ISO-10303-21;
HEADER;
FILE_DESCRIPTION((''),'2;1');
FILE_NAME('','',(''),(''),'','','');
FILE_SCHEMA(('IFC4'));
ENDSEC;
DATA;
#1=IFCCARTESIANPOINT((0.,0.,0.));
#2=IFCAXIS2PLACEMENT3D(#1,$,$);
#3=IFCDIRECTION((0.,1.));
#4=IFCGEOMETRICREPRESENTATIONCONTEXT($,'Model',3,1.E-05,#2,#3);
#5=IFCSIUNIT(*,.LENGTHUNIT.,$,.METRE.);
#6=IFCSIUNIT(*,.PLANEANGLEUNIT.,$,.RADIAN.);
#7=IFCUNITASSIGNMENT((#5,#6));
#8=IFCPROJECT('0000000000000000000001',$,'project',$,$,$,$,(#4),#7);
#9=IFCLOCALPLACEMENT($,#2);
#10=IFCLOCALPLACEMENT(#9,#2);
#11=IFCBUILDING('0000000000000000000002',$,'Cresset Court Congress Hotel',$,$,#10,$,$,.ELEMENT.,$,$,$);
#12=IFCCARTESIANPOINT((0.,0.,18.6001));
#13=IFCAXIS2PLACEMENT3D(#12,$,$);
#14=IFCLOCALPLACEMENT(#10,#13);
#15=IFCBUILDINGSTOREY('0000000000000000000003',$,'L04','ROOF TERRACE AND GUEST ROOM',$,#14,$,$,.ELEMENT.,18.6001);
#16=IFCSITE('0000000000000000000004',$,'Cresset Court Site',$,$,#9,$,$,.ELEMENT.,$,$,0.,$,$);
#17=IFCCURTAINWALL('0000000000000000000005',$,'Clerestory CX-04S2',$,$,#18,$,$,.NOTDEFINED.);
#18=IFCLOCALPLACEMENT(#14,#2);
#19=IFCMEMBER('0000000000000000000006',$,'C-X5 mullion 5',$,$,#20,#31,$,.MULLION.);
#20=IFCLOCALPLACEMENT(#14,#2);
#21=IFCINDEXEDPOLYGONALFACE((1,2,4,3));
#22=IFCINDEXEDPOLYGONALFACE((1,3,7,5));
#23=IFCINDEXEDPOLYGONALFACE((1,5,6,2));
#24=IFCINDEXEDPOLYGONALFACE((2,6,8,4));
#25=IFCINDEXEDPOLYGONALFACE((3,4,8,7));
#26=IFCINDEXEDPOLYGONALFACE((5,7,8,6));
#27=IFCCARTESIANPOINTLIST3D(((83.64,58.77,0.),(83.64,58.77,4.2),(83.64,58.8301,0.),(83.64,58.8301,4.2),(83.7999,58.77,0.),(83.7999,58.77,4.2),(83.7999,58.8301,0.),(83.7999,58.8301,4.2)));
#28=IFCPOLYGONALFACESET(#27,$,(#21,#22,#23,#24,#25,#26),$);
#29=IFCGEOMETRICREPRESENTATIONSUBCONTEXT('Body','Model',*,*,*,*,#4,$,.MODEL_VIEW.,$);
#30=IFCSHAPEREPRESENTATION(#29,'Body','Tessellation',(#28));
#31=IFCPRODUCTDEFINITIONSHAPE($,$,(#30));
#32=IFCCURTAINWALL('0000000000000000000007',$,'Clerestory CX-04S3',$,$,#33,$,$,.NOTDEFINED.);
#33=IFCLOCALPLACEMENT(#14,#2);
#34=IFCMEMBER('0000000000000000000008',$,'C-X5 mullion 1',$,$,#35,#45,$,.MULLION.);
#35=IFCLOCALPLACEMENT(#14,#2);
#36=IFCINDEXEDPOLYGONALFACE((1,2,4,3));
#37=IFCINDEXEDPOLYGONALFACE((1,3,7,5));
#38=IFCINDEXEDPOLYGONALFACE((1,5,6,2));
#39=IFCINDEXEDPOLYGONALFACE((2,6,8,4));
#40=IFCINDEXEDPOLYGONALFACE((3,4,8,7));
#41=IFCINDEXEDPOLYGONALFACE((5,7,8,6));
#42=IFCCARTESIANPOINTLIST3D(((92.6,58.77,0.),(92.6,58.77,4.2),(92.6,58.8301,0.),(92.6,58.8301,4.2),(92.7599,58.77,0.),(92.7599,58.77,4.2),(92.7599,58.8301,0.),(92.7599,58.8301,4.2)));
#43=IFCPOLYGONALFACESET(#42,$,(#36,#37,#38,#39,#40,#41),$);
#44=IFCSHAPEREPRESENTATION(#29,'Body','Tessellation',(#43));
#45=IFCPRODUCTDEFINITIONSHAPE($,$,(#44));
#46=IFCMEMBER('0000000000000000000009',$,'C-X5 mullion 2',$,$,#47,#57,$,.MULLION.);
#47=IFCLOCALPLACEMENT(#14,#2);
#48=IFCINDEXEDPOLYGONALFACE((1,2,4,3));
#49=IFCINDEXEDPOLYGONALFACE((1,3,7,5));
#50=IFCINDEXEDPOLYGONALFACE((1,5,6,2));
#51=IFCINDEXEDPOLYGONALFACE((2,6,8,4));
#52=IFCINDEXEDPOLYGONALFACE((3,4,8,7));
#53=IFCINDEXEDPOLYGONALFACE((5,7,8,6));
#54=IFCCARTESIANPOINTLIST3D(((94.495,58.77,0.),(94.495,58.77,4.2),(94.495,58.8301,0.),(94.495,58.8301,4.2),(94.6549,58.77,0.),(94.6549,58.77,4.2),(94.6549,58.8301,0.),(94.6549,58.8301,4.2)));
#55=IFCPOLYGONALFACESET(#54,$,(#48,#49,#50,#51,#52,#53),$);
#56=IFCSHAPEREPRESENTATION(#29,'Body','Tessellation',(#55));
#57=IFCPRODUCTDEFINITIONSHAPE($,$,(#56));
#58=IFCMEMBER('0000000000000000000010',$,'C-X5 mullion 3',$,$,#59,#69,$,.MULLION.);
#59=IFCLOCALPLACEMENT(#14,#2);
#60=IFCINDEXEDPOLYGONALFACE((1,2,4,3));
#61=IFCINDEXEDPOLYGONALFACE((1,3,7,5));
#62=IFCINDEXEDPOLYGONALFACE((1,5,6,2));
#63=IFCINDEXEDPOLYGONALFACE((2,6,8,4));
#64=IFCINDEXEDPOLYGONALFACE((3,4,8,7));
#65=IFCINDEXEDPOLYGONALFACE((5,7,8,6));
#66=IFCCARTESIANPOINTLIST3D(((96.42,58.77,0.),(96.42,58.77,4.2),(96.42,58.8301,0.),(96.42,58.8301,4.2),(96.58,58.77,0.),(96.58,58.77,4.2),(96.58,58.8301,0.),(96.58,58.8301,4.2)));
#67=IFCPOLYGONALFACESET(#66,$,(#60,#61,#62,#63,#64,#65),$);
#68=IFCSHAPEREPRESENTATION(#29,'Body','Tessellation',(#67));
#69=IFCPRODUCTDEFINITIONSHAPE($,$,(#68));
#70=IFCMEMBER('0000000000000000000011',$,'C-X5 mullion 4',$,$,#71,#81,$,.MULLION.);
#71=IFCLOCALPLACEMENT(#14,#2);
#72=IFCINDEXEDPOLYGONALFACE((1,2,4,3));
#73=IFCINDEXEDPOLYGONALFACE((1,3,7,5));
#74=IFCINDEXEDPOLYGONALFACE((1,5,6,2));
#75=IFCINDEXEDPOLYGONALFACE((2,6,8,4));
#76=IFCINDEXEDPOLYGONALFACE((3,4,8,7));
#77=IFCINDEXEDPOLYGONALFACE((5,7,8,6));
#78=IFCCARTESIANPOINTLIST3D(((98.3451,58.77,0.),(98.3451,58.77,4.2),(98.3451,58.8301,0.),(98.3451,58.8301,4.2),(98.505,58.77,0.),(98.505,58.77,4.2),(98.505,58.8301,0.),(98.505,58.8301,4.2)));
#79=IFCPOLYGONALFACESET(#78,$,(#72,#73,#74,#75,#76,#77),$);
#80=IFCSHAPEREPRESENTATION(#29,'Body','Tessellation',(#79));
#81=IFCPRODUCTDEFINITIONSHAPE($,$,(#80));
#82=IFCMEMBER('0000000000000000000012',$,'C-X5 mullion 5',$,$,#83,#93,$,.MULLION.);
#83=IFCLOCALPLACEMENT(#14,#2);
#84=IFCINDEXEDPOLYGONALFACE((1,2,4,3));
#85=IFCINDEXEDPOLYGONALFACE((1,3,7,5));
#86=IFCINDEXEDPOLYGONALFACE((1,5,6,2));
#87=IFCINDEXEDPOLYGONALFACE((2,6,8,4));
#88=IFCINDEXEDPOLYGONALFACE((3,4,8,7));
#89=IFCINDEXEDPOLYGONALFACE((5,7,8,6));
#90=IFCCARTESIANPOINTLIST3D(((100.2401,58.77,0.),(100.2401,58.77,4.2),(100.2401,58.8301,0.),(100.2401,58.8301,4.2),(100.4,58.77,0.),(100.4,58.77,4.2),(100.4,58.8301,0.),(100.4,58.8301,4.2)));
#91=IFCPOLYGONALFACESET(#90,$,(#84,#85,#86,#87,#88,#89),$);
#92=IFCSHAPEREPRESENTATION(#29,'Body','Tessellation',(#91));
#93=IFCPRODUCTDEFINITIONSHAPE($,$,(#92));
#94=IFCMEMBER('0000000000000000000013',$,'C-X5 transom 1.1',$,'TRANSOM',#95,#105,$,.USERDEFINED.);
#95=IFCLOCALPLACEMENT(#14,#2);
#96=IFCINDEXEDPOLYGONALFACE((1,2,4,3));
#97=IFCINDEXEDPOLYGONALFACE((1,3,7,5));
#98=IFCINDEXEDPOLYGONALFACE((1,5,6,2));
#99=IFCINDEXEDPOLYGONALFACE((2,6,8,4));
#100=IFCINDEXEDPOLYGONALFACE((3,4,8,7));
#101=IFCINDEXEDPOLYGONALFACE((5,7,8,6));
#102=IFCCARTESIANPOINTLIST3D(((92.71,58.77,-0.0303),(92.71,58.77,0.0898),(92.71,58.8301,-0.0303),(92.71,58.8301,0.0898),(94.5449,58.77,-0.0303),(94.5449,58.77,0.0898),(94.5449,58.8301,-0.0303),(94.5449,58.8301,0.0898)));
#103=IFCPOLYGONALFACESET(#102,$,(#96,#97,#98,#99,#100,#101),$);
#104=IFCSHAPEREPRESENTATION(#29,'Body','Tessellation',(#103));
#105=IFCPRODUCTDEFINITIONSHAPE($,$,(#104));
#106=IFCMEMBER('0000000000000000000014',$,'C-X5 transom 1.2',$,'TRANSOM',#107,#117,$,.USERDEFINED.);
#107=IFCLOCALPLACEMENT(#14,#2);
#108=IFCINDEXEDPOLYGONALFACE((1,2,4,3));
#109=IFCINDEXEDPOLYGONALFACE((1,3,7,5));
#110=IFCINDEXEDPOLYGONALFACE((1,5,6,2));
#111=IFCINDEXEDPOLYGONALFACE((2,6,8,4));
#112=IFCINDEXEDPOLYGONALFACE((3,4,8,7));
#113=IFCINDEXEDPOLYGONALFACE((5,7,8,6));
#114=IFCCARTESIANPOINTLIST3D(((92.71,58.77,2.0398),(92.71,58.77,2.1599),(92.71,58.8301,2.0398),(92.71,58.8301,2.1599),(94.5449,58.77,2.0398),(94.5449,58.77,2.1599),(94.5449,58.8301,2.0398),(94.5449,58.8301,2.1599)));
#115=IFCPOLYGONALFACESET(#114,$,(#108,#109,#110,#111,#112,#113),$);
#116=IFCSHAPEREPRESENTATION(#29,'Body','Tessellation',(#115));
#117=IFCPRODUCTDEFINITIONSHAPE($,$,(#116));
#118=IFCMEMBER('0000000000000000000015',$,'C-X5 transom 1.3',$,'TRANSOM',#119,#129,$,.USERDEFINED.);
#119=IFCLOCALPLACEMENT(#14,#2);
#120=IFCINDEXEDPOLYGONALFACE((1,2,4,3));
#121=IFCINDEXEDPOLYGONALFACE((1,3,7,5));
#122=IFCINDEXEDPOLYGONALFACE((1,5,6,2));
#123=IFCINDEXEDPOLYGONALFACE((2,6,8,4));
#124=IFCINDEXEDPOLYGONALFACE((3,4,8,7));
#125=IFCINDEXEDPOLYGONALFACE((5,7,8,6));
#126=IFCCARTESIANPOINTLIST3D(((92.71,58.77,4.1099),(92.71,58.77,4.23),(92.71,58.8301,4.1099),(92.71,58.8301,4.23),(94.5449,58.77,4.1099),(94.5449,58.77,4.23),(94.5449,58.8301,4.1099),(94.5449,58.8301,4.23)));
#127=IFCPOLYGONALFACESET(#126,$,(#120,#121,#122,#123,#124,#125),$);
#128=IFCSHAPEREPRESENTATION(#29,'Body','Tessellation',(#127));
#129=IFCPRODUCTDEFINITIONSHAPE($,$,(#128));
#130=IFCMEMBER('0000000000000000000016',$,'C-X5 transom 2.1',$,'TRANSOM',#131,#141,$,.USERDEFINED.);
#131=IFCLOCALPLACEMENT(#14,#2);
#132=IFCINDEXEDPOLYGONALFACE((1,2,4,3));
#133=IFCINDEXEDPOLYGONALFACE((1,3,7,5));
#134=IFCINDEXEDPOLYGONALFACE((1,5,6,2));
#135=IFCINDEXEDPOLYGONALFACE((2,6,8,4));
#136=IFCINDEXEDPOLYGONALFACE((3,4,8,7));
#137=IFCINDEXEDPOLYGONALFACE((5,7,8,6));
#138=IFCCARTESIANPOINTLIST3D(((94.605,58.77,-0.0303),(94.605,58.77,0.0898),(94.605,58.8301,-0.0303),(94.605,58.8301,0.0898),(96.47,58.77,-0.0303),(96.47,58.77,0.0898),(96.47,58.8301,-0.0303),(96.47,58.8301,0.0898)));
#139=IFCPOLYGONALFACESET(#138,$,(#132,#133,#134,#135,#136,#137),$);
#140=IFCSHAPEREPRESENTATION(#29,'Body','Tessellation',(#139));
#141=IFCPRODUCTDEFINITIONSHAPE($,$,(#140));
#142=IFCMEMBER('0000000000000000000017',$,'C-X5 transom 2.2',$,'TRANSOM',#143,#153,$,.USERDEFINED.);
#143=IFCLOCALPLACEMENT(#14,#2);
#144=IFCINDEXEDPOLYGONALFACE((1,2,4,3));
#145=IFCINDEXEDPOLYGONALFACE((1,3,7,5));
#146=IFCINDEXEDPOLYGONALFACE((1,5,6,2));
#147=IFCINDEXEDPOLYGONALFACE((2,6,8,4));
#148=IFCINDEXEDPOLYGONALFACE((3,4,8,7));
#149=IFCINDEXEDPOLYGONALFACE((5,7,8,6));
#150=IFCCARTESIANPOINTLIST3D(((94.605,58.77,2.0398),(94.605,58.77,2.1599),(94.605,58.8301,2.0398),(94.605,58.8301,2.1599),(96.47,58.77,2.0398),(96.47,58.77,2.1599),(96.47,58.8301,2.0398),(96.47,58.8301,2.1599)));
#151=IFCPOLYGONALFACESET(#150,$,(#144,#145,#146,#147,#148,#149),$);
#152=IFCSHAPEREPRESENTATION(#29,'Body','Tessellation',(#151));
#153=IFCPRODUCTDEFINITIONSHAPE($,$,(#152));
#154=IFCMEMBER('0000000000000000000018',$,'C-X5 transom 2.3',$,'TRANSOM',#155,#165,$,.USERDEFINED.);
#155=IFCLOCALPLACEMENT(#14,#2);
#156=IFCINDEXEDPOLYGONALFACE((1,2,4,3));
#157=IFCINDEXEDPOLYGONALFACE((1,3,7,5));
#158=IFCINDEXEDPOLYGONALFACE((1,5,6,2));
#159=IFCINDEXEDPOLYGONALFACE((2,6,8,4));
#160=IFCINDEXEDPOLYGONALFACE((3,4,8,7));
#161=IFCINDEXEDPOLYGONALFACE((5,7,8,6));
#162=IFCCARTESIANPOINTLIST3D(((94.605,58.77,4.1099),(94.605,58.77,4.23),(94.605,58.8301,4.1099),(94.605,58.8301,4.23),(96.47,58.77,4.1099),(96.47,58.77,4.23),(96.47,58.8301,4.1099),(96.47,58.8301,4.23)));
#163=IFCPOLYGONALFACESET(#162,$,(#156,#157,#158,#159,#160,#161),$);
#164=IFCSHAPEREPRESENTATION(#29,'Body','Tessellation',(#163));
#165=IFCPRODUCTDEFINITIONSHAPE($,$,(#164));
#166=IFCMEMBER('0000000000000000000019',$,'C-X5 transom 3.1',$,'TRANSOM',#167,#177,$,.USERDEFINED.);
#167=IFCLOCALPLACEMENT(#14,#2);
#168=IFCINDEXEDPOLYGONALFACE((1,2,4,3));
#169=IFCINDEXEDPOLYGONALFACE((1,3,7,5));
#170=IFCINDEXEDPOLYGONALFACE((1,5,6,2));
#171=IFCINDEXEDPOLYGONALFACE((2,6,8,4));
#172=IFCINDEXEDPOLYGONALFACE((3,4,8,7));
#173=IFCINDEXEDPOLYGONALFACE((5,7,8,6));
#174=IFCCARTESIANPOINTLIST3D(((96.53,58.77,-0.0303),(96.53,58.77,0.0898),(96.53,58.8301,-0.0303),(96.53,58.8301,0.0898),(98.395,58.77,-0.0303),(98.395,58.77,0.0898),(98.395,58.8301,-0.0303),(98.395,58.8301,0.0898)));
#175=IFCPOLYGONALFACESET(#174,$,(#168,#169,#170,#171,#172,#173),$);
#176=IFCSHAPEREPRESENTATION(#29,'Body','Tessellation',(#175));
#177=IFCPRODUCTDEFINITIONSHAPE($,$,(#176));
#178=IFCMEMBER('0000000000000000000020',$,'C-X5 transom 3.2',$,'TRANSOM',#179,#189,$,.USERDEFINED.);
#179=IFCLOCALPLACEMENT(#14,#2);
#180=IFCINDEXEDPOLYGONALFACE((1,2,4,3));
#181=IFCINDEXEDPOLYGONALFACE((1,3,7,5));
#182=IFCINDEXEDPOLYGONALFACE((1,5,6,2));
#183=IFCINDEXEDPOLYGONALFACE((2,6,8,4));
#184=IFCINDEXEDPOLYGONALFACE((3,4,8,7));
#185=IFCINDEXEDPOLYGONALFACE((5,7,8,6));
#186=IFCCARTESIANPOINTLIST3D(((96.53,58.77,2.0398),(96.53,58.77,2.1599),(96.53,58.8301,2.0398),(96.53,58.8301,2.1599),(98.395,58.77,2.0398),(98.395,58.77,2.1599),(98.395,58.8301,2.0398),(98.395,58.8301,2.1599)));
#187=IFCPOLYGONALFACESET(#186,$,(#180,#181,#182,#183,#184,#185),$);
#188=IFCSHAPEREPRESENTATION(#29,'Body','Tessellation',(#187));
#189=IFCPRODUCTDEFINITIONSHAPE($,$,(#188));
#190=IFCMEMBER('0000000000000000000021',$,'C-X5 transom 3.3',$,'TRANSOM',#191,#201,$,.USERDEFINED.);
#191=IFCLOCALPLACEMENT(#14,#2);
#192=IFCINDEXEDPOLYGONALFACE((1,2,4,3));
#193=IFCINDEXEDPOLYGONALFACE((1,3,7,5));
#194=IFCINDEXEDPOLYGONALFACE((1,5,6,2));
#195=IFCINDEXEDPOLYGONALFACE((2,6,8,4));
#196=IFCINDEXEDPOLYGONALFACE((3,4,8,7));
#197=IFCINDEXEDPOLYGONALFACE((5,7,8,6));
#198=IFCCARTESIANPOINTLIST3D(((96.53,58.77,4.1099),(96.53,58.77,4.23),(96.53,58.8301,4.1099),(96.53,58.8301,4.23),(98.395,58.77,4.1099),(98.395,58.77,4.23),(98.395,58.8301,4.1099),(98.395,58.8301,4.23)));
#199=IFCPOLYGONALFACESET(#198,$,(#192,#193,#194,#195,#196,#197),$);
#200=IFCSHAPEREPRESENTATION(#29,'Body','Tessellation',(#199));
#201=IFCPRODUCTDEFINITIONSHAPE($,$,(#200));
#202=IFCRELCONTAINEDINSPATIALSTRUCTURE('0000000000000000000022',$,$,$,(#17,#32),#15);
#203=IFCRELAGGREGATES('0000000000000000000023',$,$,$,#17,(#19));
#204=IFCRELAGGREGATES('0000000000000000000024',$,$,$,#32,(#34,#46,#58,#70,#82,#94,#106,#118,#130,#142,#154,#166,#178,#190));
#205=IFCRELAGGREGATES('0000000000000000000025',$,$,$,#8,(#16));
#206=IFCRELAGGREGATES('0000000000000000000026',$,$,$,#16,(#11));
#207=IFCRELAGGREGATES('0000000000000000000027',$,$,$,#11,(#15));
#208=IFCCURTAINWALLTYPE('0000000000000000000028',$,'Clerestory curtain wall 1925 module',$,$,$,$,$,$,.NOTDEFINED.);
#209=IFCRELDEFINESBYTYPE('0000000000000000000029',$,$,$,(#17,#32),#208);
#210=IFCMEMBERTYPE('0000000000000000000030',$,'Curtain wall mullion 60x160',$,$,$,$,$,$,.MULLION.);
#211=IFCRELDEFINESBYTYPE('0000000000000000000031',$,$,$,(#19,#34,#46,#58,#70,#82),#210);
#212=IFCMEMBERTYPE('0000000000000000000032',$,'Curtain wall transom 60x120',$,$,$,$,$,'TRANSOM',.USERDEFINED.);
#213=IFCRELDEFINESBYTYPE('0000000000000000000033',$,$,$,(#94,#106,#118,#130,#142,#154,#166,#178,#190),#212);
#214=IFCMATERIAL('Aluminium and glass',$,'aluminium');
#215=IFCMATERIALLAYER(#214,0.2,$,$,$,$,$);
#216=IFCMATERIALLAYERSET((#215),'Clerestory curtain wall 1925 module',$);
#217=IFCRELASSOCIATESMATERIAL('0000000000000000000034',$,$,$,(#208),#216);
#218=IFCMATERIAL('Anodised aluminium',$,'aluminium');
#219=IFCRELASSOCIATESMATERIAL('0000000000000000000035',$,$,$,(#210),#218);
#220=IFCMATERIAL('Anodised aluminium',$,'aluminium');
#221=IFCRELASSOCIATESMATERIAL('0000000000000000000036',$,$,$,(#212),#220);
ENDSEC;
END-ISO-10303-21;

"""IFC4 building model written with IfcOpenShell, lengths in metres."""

from ifc_helpers import new_model, si_unit, direction, frame, origin, origin_2d, place, context, subcontext, project, spatial, rectangle, extrude, material, layer, layer_set, material_profile, profile_set, type_object, element, aggregate, save


model = new_model("IFC4")

# Units and contexts
model_context = context("Model", 3, precision=1e-05, world=origin(), true_north=direction((0.0, 1.0)))
body_context = subcontext(model_context, "Body", "Model", "MODEL_VIEW")
ifc_project = project(units=[si_unit("LENGTHUNIT", "METRE"), si_unit("PLANEANGLEUNIT", "RADIAN")], contexts=[model_context])

# Site, building, storey
site_placement = place(None, origin())
site = spatial("IfcSite", under=ifc_project, at=site_placement, Name="Cresset Court Site", CompositionType="ELEMENT", RefElevation=0.0)
building_placement = place(site_placement, origin())
building = spatial("IfcBuilding", under=site, at=building_placement, Name="Cresset Court Congress Hotel", CompositionType="ELEMENT")
storey_placement = place(building_placement, frame((0.0, 0.0, 18.6001)))
storey = spatial("IfcBuildingStorey", under=building, at=storey_placement, Name="L04", Description="ROOF TERRACE AND GUEST ROOM", CompositionType="ELEMENT", Elevation=18.6001)

# Curtain wall, member
ifc_material_1 = material(Name="Aluminium and glass", Category="aluminium")
ifc_layer_1 = layer(ifc_material_1, 0.2)
ifc_layer_set_1 = layer_set([ifc_layer_1], Name="Clerestory curtain wall 1925 module")
curtain_wall_type = type_object("IfcCurtainWallType", Name="Clerestory curtain wall 1925 module", PredefinedType="NOTDEFINED", material=ifc_layer_set_1)
curtain_wall_1_placement = place(storey_placement, origin())
curtain_wall_1 = element("IfcCurtainWall", 1, at=curtain_wall_1_placement, inside=storey, type_object=curtain_wall_type, Name="Clerestory CX-04S2", PredefinedType="NOTDEFINED")
ifc_material_2 = material(Name="Anodised aluminium", Category="aluminium")
ifc_material_profile_1 = material_profile(ifc_material_2, rectangle(XDim=0.0601, YDim=0.1599, at=origin_2d()), Name="AL60x160")
ifc_profile_set_1 = profile_set([ifc_material_profile_1], Name="Anodised aluminium")
member_type_1 = type_object("IfcMemberType", Name="Curtain wall mullion 60x160", PredefinedType="MULLION", material=ifc_profile_set_1)
member_1_placement = place(storey_placement, frame((83.72, 58.8, 0.0), z_axis=(0.0, 0.0, 1.0), x_axis=(0.0, 1.0, 0.0)))
member_1 = element("IfcMember", 2, at=member_1_placement, type_object=member_type_1, Name="C-X5 mullion 5", PredefinedType="MULLION", context=body_context, shape_type="SweptSolid", body=[
    extrude(rectangle(XDim=0.0601, YDim=0.1599, at=origin_2d()), origin(), (0.0, 0.0, 1.0), 4.2),
])

# Curtain wall, members
curtain_wall_2_placement = place(storey_placement, origin())
curtain_wall_2 = element("IfcCurtainWall", 3, at=curtain_wall_2_placement, inside=storey, type_object=curtain_wall_type, Name="Clerestory CX-04S3", PredefinedType="NOTDEFINED")
member_2_placement = place(storey_placement, frame((92.6799, 58.8, 0.0), z_axis=(0.0, 0.0, 1.0), x_axis=(0.0, 1.0, 0.0)))
member_2 = element("IfcMember", 4, at=member_2_placement, type_object=member_type_1, Name="C-X5 mullion 1", PredefinedType="MULLION", context=body_context, shape_type="SweptSolid", body=[
    extrude(rectangle(XDim=0.0601, YDim=0.1599, at=origin_2d()), origin(), (0.0, 0.0, 1.0), 4.2),
])
member_3_placement = place(storey_placement, frame((94.575, 58.8, 0.0), z_axis=(0.0, 0.0, 1.0), x_axis=(0.0, 1.0, 0.0)))
member_3 = element("IfcMember", 5, at=member_3_placement, type_object=member_type_1, Name="C-X5 mullion 2", PredefinedType="MULLION", context=body_context, shape_type="SweptSolid", body=[
    extrude(rectangle(XDim=0.0601, YDim=0.1599, at=origin_2d()), origin(), (0.0, 0.0, 1.0), 4.2),
])
member_4_placement = place(storey_placement, frame((96.5, 58.8, 0.0), z_axis=(0.0, 0.0, 1.0), x_axis=(0.0, 1.0, 0.0)))
member_4 = element("IfcMember", 6, at=member_4_placement, type_object=member_type_1, Name="C-X5 mullion 3", PredefinedType="MULLION", context=body_context, shape_type="SweptSolid", body=[
    extrude(rectangle(XDim=0.0601, YDim=0.1599, at=origin_2d()), origin(), (0.0, 0.0, 1.0), 4.2),
])
member_5_placement = place(storey_placement, frame((98.425, 58.8, 0.0), z_axis=(0.0, 0.0, 1.0), x_axis=(0.0, 1.0, 0.0)))
member_5 = element("IfcMember", 7, at=member_5_placement, type_object=member_type_1, Name="C-X5 mullion 4", PredefinedType="MULLION", context=body_context, shape_type="SweptSolid", body=[
    extrude(rectangle(XDim=0.0601, YDim=0.1599, at=origin_2d()), origin(), (0.0, 0.0, 1.0), 4.2),
])
member_6_placement = place(storey_placement, frame((100.3201, 58.8, 0.0), z_axis=(0.0, 0.0, 1.0), x_axis=(0.0, 1.0, 0.0)))
member_6 = element("IfcMember", 8, at=member_6_placement, type_object=member_type_1, Name="C-X5 mullion 5", PredefinedType="MULLION", context=body_context, shape_type="SweptSolid", body=[
    extrude(rectangle(XDim=0.0601, YDim=0.1599, at=origin_2d()), origin(), (0.0, 0.0, 1.0), 4.2),
])
ifc_material_3 = material(Name="Anodised aluminium", Category="aluminium")
ifc_material_profile_2 = material_profile(ifc_material_3, rectangle(XDim=0.0601, YDim=0.1201, at=origin_2d()), Name="AL60x120")
ifc_profile_set_2 = profile_set([ifc_material_profile_2], Name="Anodised aluminium")
member_type_2 = type_object("IfcMemberType", Name="Curtain wall transom 60x120", ElementType="TRANSOM", PredefinedType="USERDEFINED", material=ifc_profile_set_2)
member_7_placement = place(storey_placement, frame((92.71, 58.8, 0.0298), z_axis=(1.0, 0.0, 0.0), x_axis=(0.0, 1.0, 0.0)))
member_7 = element("IfcMember", 9, at=member_7_placement, type_object=member_type_2, Name="C-X5 transom 1.1", ObjectType="TRANSOM", PredefinedType="USERDEFINED", context=body_context, shape_type="SweptSolid", body=[
    extrude(rectangle(XDim=0.0601, YDim=0.1201, at=origin_2d()), origin(), (0.0, 0.0, 1.0), 1.835),
])
member_8_placement = place(storey_placement, frame((92.71, 58.8, 2.0999), z_axis=(1.0, 0.0, 0.0), x_axis=(0.0, 1.0, 0.0)))
member_8 = element("IfcMember", 10, at=member_8_placement, type_object=member_type_2, Name="C-X5 transom 1.2", ObjectType="TRANSOM", PredefinedType="USERDEFINED", context=body_context, shape_type="SweptSolid", body=[
    extrude(rectangle(XDim=0.0601, YDim=0.1201, at=origin_2d()), origin(), (0.0, 0.0, 1.0), 1.835),
])
member_9_placement = place(storey_placement, frame((92.71, 58.8, 4.1699), z_axis=(1.0, 0.0, 0.0), x_axis=(0.0, 1.0, 0.0)))
member_9 = element("IfcMember", 11, at=member_9_placement, type_object=member_type_2, Name="C-X5 transom 1.3", ObjectType="TRANSOM", PredefinedType="USERDEFINED", context=body_context, shape_type="SweptSolid", body=[
    extrude(rectangle(XDim=0.0601, YDim=0.1201, at=origin_2d()), origin(), (0.0, 0.0, 1.0), 1.835),
])
member_10_placement = place(storey_placement, frame((94.605, 58.8, 0.0298), z_axis=(1.0, 0.0, 0.0), x_axis=(0.0, 1.0, 0.0)))
member_10 = element("IfcMember", 12, at=member_10_placement, type_object=member_type_2, Name="C-X5 transom 2.1", ObjectType="TRANSOM", PredefinedType="USERDEFINED", context=body_context, shape_type="SweptSolid", body=[
    extrude(rectangle(XDim=0.0601, YDim=0.1201, at=origin_2d()), origin(), (0.0, 0.0, 1.0), 1.865),
])
member_11_placement = place(storey_placement, frame((94.605, 58.8, 2.0999), z_axis=(1.0, 0.0, 0.0), x_axis=(0.0, 1.0, 0.0)))
member_11 = element("IfcMember", 13, at=member_11_placement, type_object=member_type_2, Name="C-X5 transom 2.2", ObjectType="TRANSOM", PredefinedType="USERDEFINED", context=body_context, shape_type="SweptSolid", body=[
    extrude(rectangle(XDim=0.0601, YDim=0.1201, at=origin_2d()), origin(), (0.0, 0.0, 1.0), 1.865),
])
member_12_placement = place(storey_placement, frame((94.605, 58.8, 4.1699), z_axis=(1.0, 0.0, 0.0), x_axis=(0.0, 1.0, 0.0)))
member_12 = element("IfcMember", 14, at=member_12_placement, type_object=member_type_2, Name="C-X5 transom 2.3", ObjectType="TRANSOM", PredefinedType="USERDEFINED", context=body_context, shape_type="SweptSolid", body=[
    extrude(rectangle(XDim=0.0601, YDim=0.1201, at=origin_2d()), origin(), (0.0, 0.0, 1.0), 1.865),
])
member_13_placement = place(storey_placement, frame((96.53, 58.8, 0.0298), z_axis=(1.0, 0.0, 0.0), x_axis=(0.0, 1.0, 0.0)))
member_13 = element("IfcMember", 15, at=member_13_placement, type_object=member_type_2, Name="C-X5 transom 3.1", ObjectType="TRANSOM", PredefinedType="USERDEFINED", context=body_context, shape_type="SweptSolid", body=[
    extrude(rectangle(XDim=0.0601, YDim=0.1201, at=origin_2d()), origin(), (0.0, 0.0, 1.0), 1.865),
])
member_14_placement = place(storey_placement, frame((96.53, 58.8, 2.0999), z_axis=(1.0, 0.0, 0.0), x_axis=(0.0, 1.0, 0.0)))
member_14 = element("IfcMember", 16, at=member_14_placement, type_object=member_type_2, Name="C-X5 transom 3.2", ObjectType="TRANSOM", PredefinedType="USERDEFINED", context=body_context, shape_type="SweptSolid", body=[
    extrude(rectangle(XDim=0.0601, YDim=0.1201, at=origin_2d()), origin(), (0.0, 0.0, 1.0), 1.865),
])
member_15_placement = place(storey_placement, frame((96.53, 58.8, 4.1699), z_axis=(1.0, 0.0, 0.0), x_axis=(0.0, 1.0, 0.0)))
member_15 = element("IfcMember", 17, at=member_15_placement, type_object=member_type_2, Name="C-X5 transom 3.3", ObjectType="TRANSOM", PredefinedType="USERDEFINED", context=body_context, shape_type="SweptSolid", body=[
    extrude(rectangle(XDim=0.0601, YDim=0.1201, at=origin_2d()), origin(), (0.0, 0.0, 1.0), 1.865),
])

aggregate(curtain_wall_1, [member_1])
aggregate(curtain_wall_2, [member_2, member_3, member_4, member_5, member_6, member_7, member_8, member_9, member_10, member_11, member_12, member_13, member_14, member_15])

save(model, "model.ifc")
